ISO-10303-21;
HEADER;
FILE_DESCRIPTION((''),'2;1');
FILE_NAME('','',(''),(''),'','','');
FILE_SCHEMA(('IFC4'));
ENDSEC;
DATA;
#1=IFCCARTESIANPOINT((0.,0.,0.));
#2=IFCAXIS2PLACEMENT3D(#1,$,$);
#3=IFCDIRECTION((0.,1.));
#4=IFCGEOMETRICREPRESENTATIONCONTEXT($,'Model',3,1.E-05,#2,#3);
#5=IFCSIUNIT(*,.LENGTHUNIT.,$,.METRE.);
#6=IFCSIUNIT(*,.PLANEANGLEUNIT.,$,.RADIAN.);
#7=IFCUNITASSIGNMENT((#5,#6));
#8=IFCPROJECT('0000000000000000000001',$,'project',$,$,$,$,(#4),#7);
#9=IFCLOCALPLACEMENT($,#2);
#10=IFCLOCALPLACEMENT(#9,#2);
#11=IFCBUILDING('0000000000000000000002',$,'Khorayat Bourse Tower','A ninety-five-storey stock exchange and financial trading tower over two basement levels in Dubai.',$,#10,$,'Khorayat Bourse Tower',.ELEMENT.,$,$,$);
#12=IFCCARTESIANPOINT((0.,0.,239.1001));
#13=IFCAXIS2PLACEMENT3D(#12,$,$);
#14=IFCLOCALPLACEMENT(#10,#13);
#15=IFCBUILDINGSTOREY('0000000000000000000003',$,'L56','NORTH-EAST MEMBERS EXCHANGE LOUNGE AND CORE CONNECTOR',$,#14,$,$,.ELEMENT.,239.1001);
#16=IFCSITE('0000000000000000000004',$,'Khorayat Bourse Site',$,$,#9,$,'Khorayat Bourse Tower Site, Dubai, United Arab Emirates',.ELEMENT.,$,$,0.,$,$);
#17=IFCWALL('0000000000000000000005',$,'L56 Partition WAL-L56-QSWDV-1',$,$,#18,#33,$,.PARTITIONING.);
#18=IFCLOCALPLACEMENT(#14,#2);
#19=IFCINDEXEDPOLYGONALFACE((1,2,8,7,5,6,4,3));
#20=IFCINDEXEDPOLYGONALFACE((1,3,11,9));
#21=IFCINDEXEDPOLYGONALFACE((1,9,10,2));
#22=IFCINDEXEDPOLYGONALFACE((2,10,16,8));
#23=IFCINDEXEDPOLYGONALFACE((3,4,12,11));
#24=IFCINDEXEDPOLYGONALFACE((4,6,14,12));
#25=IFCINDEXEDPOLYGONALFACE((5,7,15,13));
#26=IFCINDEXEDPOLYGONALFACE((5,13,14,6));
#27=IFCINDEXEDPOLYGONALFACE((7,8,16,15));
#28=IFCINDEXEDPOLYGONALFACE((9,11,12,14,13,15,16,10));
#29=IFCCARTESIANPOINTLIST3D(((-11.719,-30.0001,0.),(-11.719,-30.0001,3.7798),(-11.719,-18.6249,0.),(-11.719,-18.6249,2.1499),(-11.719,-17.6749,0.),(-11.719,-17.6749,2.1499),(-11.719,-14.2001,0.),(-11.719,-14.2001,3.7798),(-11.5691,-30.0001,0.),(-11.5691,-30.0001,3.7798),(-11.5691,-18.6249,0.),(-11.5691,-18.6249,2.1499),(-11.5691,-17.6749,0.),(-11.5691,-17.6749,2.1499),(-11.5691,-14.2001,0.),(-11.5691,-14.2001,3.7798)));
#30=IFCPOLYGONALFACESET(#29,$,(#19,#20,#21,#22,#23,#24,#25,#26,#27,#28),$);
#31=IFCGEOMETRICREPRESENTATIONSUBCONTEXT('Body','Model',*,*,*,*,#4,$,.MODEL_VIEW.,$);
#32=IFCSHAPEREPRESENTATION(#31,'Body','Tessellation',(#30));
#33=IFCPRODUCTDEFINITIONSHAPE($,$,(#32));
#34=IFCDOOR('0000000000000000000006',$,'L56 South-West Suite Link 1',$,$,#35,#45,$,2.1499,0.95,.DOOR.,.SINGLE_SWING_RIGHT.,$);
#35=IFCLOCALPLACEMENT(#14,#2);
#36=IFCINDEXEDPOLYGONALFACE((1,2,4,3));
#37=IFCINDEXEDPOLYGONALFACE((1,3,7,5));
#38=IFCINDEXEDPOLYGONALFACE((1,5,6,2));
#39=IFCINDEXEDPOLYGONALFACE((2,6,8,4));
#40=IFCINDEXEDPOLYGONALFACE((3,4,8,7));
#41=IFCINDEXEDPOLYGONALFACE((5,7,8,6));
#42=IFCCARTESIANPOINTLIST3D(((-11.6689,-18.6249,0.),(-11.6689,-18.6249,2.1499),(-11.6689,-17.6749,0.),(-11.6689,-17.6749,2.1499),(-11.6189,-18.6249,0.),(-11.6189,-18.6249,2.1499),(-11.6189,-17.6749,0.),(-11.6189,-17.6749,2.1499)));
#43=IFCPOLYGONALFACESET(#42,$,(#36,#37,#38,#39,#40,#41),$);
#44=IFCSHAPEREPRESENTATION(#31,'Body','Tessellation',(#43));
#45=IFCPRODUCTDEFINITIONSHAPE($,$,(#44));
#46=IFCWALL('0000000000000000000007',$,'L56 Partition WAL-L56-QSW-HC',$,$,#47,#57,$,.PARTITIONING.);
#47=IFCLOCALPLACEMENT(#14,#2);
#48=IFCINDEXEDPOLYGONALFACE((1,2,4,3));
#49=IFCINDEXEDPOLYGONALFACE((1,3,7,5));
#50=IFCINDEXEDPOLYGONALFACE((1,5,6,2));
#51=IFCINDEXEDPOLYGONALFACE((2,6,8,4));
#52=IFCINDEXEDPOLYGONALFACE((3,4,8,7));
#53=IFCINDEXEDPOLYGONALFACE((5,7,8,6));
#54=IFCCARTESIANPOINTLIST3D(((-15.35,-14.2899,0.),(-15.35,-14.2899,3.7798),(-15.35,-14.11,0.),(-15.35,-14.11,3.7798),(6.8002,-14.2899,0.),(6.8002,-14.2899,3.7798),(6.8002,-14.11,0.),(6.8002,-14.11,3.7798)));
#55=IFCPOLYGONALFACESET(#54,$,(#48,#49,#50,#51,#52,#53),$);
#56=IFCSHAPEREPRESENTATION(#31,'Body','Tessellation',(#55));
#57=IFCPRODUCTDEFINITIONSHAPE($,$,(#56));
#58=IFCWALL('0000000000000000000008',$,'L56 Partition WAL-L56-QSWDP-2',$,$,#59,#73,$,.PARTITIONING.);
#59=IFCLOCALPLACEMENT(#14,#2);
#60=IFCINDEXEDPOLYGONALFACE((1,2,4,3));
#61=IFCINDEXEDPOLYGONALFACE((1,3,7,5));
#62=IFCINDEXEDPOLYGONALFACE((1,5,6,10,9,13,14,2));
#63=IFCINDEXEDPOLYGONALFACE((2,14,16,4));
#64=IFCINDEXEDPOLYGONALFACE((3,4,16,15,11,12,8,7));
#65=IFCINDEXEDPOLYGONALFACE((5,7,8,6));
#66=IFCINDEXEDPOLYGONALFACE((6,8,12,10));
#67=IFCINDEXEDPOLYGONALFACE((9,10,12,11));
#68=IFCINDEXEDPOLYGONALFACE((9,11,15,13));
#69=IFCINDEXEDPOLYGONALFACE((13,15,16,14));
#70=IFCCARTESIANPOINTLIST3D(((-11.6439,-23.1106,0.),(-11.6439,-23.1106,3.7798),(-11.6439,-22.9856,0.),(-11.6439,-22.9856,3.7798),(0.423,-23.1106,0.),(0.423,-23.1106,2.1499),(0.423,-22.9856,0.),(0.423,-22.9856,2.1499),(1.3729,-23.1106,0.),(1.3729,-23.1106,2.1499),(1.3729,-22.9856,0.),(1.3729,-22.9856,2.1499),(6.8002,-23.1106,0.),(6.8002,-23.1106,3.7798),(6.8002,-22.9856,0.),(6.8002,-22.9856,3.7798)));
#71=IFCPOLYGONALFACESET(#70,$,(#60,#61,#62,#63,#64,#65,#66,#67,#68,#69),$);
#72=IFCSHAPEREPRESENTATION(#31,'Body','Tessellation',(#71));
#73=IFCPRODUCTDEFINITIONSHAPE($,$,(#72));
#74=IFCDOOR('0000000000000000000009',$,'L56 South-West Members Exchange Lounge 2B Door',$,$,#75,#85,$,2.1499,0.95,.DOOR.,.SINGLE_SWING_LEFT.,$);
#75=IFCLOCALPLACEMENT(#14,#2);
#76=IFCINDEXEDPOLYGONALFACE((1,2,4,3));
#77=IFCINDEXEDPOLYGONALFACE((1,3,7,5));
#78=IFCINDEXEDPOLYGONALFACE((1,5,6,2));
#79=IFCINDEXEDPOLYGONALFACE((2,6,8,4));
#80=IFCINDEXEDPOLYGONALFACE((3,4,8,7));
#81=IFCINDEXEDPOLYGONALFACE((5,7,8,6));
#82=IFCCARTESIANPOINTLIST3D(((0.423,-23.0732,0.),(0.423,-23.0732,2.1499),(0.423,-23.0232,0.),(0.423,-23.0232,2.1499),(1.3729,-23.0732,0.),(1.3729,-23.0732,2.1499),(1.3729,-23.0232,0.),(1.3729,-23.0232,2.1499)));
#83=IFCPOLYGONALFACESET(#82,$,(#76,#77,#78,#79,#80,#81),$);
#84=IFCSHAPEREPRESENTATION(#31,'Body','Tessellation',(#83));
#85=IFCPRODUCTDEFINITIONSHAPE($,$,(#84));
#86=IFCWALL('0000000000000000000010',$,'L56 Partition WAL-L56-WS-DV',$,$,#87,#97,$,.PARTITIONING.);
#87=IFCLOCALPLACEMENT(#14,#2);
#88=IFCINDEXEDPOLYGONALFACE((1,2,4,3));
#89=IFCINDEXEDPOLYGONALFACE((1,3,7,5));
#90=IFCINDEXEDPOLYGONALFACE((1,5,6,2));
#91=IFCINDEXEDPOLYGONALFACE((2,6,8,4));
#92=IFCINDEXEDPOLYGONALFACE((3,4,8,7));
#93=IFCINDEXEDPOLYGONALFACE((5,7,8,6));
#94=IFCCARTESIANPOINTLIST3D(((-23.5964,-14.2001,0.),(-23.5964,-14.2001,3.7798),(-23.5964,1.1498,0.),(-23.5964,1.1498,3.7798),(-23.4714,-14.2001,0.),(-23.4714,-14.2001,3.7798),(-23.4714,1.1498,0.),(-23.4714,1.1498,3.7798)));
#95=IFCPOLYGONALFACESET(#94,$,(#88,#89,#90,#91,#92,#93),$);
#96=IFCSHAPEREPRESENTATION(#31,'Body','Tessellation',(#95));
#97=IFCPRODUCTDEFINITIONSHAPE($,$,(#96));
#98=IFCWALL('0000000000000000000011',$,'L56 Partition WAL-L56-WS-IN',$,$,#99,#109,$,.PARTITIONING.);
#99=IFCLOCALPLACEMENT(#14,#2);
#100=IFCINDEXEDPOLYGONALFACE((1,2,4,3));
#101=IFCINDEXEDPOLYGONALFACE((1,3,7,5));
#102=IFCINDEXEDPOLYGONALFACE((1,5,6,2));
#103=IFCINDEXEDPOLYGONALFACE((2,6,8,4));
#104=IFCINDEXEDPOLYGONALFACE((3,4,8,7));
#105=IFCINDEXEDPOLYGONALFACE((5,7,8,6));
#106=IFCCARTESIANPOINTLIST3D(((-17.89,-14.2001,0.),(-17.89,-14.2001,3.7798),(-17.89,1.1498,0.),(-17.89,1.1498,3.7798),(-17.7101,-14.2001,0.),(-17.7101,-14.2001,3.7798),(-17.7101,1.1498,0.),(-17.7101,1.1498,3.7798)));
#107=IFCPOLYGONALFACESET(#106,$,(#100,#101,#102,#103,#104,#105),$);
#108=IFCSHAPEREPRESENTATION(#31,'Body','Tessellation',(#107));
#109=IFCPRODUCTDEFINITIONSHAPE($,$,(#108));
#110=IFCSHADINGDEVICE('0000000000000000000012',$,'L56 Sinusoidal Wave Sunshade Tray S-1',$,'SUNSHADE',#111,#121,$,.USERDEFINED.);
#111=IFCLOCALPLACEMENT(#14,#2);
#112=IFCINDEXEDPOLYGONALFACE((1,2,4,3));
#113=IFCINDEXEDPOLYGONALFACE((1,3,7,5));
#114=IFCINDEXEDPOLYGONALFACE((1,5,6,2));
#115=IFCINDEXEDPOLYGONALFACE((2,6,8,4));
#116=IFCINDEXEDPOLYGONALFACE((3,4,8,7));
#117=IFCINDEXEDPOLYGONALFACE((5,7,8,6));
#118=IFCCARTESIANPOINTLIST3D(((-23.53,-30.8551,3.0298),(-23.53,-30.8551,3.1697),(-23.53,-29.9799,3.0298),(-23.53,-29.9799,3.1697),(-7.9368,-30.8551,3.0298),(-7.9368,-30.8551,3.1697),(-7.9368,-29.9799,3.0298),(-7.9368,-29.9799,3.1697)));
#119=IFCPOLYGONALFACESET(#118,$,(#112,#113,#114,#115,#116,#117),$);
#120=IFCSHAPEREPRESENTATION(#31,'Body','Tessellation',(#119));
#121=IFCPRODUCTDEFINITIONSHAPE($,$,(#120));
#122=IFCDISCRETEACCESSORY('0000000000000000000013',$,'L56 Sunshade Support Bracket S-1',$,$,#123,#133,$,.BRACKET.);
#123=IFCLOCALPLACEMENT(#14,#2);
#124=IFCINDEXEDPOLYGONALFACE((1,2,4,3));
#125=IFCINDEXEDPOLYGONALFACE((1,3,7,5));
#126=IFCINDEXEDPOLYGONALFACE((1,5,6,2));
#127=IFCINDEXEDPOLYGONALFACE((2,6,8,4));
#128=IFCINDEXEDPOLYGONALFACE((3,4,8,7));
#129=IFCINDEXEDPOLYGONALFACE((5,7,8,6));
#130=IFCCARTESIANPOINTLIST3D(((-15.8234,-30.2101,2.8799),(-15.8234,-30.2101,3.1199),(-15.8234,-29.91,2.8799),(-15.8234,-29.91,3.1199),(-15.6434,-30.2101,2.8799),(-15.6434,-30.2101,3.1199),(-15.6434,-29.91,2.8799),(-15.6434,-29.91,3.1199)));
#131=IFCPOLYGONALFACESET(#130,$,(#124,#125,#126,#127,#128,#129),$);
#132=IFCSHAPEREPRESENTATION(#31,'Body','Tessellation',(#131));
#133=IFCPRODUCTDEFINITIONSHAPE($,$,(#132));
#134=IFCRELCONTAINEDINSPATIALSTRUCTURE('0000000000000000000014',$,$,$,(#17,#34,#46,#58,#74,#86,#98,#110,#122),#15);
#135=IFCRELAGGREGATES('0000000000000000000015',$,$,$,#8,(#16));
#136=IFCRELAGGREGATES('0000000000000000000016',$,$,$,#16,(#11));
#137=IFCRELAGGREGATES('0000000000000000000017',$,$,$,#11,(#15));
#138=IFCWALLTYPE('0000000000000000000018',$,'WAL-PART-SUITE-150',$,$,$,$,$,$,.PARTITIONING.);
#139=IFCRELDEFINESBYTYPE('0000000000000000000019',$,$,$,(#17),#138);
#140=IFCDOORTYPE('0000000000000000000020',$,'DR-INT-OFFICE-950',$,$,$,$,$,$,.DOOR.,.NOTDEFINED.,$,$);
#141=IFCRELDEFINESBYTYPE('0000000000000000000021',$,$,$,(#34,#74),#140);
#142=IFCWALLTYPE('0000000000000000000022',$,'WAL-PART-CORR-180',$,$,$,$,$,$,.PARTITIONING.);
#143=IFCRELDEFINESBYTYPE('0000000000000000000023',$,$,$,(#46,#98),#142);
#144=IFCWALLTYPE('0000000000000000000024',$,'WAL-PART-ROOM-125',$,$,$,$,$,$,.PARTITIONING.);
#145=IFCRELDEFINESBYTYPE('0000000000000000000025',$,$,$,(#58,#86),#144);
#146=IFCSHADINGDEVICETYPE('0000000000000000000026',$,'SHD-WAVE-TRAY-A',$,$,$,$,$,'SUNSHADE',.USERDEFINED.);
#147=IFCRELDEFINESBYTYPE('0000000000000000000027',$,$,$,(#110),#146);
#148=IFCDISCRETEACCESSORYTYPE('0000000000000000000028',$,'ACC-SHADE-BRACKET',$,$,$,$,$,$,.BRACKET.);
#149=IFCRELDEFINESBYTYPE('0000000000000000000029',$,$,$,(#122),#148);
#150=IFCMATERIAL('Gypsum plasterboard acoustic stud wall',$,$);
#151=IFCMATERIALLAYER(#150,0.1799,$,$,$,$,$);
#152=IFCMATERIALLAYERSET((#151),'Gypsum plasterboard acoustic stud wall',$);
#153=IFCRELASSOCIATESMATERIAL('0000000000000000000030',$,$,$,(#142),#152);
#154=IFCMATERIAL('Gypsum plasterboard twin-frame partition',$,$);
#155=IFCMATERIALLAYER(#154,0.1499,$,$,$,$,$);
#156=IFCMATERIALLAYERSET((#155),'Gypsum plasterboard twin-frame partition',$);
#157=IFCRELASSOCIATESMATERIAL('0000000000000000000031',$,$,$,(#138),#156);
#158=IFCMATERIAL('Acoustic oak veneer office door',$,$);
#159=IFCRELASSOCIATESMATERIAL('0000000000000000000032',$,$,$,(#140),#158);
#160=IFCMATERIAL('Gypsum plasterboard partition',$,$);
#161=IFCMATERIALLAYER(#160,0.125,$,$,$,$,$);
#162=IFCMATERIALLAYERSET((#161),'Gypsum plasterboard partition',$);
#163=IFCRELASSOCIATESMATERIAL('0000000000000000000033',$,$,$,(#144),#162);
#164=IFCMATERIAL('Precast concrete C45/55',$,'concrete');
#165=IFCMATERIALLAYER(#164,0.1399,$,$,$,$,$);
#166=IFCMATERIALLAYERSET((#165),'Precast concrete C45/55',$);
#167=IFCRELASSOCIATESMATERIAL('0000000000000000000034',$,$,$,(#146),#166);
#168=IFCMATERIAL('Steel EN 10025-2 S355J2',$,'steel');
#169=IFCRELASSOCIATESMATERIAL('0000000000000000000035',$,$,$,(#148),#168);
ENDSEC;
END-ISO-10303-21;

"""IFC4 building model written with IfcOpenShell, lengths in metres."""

from ifc_helpers import new_model, si_unit, direction, frame, frame_2d, origin, origin_2d, place, context, subcontext, project, spatial, rectangle, extrude, source, transform, mapped, material, layer, layer_set, type_object, element, fill, save


model = new_model("IFC4")

# Units and contexts
model_context = context("Model", 3, precision=1e-05, world=origin(), true_north=direction((0.0, 1.0)))
body_context = subcontext(model_context, "Body", "Model", "MODEL_VIEW")
ifc_project = project(units=[si_unit("LENGTHUNIT", "METRE"), si_unit("PLANEANGLEUNIT", "RADIAN")], contexts=[model_context])

# Site, building, storey
site_placement = place(None, origin())
site = spatial("IfcSite", under=ifc_project, at=site_placement, Name="Khorayat Bourse Site", LongName="Khorayat Bourse Tower Site, Dubai, United Arab Emirates", CompositionType="ELEMENT", RefElevation=0.0)
building_placement = place(site_placement, origin())
building = spatial("IfcBuilding", under=site, at=building_placement, Name="Khorayat Bourse Tower", Description="A ninety-five-storey stock exchange and financial trading tower over two basement levels in Dubai.", LongName="Khorayat Bourse Tower", CompositionType="ELEMENT")
storey_placement = place(building_placement, frame((0.0, 0.0, 239.1001)))
storey = spatial("IfcBuildingStorey", under=building, at=storey_placement, Name="L56", Description="NORTH-EAST MEMBERS EXCHANGE LOUNGE AND CORE CONNECTOR", CompositionType="ELEMENT", Elevation=239.1001)

# Shared definitions
ifc_material_1 = material(Name="Steel EN 10025-2 S355J2", Category="steel")

# Shared definitions
ifc_material_2 = material(Name="Gypsum plasterboard acoustic stud wall")
ifc_layer_1 = layer(ifc_material_2, 0.1799)
ifc_layer_set_1 = layer_set([ifc_layer_1], Name="Gypsum plasterboard acoustic stud wall")
wall_type_1 = type_object("IfcWallType", Name="WAL-PART-CORR-180", PredefinedType="PARTITIONING", material=ifc_layer_set_1)

# Wall, opening, door
ifc_material_3 = material(Name="Gypsum plasterboard twin-frame partition")
ifc_layer_2 = layer(ifc_material_3, 0.1499)
ifc_layer_set_2 = layer_set([ifc_layer_2], Name="Gypsum plasterboard twin-frame partition")
wall_type_2 = type_object("IfcWallType", Name="WAL-PART-SUITE-150", PredefinedType="PARTITIONING", material=ifc_layer_set_2)
shared_shape_1 = source(origin(), body_context, "Body", "SweptSolid", [
    extrude(rectangle(XDim=15.8, YDim=0.1499, at=frame_2d((7.8999, 0.0))), origin(), (0.0, 0.0, 1.0), 3.7798),
])
wall_1_placement = place(storey_placement, frame((-11.644, -30.0, 0.0), z_axis=(0.0, 0.0, 1.0), x_axis=(0.0, 1.0, 0.0)))
wall_1 = element("IfcWall", 1, at=wall_1_placement, inside=storey, type_object=wall_type_2, Name="L56 Partition WAL-L56-QSWDV-1", PredefinedType="PARTITIONING", context=body_context, shape_type="MappedRepresentation", body=[
    mapped(shared_shape_1, transform((0.0, 0.0, 0.0), scale=1.0)),
])
shared_shape_2 = source(origin(), body_context, "Body", "SweptSolid", [
    extrude(rectangle(XDim=0.95, YDim=2.1499, at=frame_2d((0.4751, 1.075))), frame((0.0, 0.085, 0.0), z_axis=(0.0, -1.0, 0.0), x_axis=(1.0, 0.0, 0.0)), (0.0, 0.0, 1.0), 0.1699),
])
opening_1_placement = place(wall_1_placement, frame((11.375, 0.0, 0.0)))
opening_1 = element("IfcOpeningElement", 2, at=opening_1_placement, cuts=wall_1, PredefinedType="OPENING", context=body_context, shape_type="MappedRepresentation", body=[
    mapped(shared_shape_2, transform((0.0, 0.0, 0.0), scale=1.0)),
])
ifc_material_4 = material(Name="Acoustic oak veneer office door")
door_type = type_object("IfcDoorType", Name="DR-INT-OFFICE-950", OperationType="NOTDEFINED", PredefinedType="DOOR", material=ifc_material_4)
shared_shape_3 = source(origin(), body_context, "Body", "SweptSolid", [
    extrude(rectangle(XDim=0.95, YDim=2.1499, at=frame_2d((0.4751, 1.075))), frame((0.0, 0.0249, 0.0), z_axis=(0.0, -1.0, 0.0), x_axis=(1.0, 0.0, 0.0)), (0.0, 0.0, 1.0), 0.05),
])
door_1_placement = place(opening_1_placement, origin())
door_1 = element("IfcDoor", 3, at=door_1_placement, inside=storey, type_object=door_type, Name="L56 South-West Suite Link 1", OperationType="SINGLE_SWING_RIGHT", OverallHeight=2.1499, OverallWidth=0.95, PredefinedType="DOOR", context=body_context, shape_type="MappedRepresentation", body=[
    mapped(shared_shape_3, transform((0.0, 0.0, 0.0), scale=1.0)),
])
fill(opening_1, door_1)

# Wall
shared_shape_4 = source(origin(), body_context, "Body", "SweptSolid", [
    extrude(rectangle(XDim=22.1501, YDim=0.1799, at=frame_2d((11.0752, 0.0))), origin(), (0.0, 0.0, 1.0), 3.7798),
])
wall_2_placement = place(storey_placement, frame((-15.3501, -14.2, 0.0), z_axis=(0.0, 0.0, 1.0), x_axis=(1.0, 0.0, 0.0)))
element("IfcWall", 4, at=wall_2_placement, inside=storey, type_object=wall_type_1, Name="L56 Partition WAL-L56-QSW-HC", PredefinedType="PARTITIONING", context=body_context, shape_type="MappedRepresentation", body=[
    mapped(shared_shape_4, transform((0.0, 0.0, 0.0), scale=1.0)),
])

# Wall, opening, door
ifc_material_5 = material(Name="Gypsum plasterboard partition")
ifc_layer_3 = layer(ifc_material_5, 0.125)
ifc_layer_set_3 = layer_set([ifc_layer_3], Name="Gypsum plasterboard partition")
wall_type_3 = type_object("IfcWallType", Name="WAL-PART-ROOM-125", PredefinedType="PARTITIONING", material=ifc_layer_set_3)
shared_shape_5 = source(origin(), body_context, "Body", "SweptSolid", [
    extrude(rectangle(XDim=18.4441, YDim=0.125, at=frame_2d((9.2222, 0.0))), origin(), (0.0, 0.0, 1.0), 3.7798),
])
wall_3_placement = place(storey_placement, frame((-11.644, -23.0481, 0.0), z_axis=(0.0, 0.0, 1.0), x_axis=(1.0, 0.0, 0.0)))
wall_3 = element("IfcWall", 5, at=wall_3_placement, inside=storey, type_object=wall_type_3, Name="L56 Partition WAL-L56-QSWDP-2", PredefinedType="PARTITIONING", context=body_context, shape_type="MappedRepresentation", body=[
    mapped(shared_shape_5, transform((0.0, 0.0, 0.0), scale=1.0)),
])
shared_shape_6 = source(origin(), body_context, "Body", "SweptSolid", [
    extrude(rectangle(XDim=0.95, YDim=2.1499, at=frame_2d((0.4751, 1.075))), frame((0.0, 0.0725, 0.0), z_axis=(0.0, -1.0, 0.0), x_axis=(1.0, 0.0, 0.0)), (0.0, 0.0, 1.0), 0.145),
])
opening_2_placement = place(wall_3_placement, frame((12.0669, 0.0, 0.0)))
opening_2 = element("IfcOpeningElement", 6, at=opening_2_placement, cuts=wall_3, PredefinedType="OPENING", context=body_context, shape_type="MappedRepresentation", body=[
    mapped(shared_shape_6, transform((0.0, 0.0, 0.0), scale=1.0)),
])
door_2_placement = place(opening_2_placement, origin())
door_2 = element("IfcDoor", 7, at=door_2_placement, inside=storey, type_object=door_type, Name="L56 South-West Members Exchange Lounge 2B Door", OperationType="SINGLE_SWING_LEFT", OverallHeight=2.1499, OverallWidth=0.95, PredefinedType="DOOR", context=body_context, shape_type="MappedRepresentation", body=[
    mapped(shared_shape_3, transform((0.0, 0.0, 0.0), scale=1.0)),
])
fill(opening_2, door_2)

# Walls
shared_shape_7 = source(origin(), body_context, "Body", "SweptSolid", [
    extrude(rectangle(XDim=15.3499, YDim=0.125, at=frame_2d((7.6748, 0.0))), origin(), (0.0, 0.0, 1.0), 3.7798),
])
wall_4_placement = place(storey_placement, frame((-23.5339, -14.2, 0.0), z_axis=(0.0, 0.0, 1.0), x_axis=(0.0, 1.0, 0.0)))
element("IfcWall", 8, at=wall_4_placement, inside=storey, type_object=wall_type_3, Name="L56 Partition WAL-L56-WS-DV", PredefinedType="PARTITIONING", context=body_context, shape_type="MappedRepresentation", body=[
    mapped(shared_shape_7, transform((0.0, 0.0, 0.0), scale=1.0)),
])
shared_shape_8 = source(origin(), body_context, "Body", "SweptSolid", [
    extrude(rectangle(XDim=15.3499, YDim=0.1799, at=frame_2d((7.6748, 0.0))), origin(), (0.0, 0.0, 1.0), 3.7798),
])
wall_5_placement = place(storey_placement, frame((-17.8, -14.2, 0.0), z_axis=(0.0, 0.0, 1.0), x_axis=(0.0, 1.0, 0.0)))
element("IfcWall", 9, at=wall_5_placement, inside=storey, type_object=wall_type_1, Name="L56 Partition WAL-L56-WS-IN", PredefinedType="PARTITIONING", context=body_context, shape_type="MappedRepresentation", body=[
    mapped(shared_shape_8, transform((0.0, 0.0, 0.0), scale=1.0)),
])

# Shading device
ifc_material_6 = material(Name="Precast concrete C45/55", Category="concrete")
ifc_layer_4 = layer(ifc_material_6, 0.1399)
ifc_layer_set_4 = layer_set([ifc_layer_4], Name="Precast concrete C45/55")
shading_device_type = type_object("IfcShadingDeviceType", Name="SHD-WAVE-TRAY-A", ElementType="SUNSHADE", PredefinedType="USERDEFINED", material=ifc_layer_set_4)
shared_shape_9 = source(origin(), body_context, "Body", "SweptSolid", [
    extrude(rectangle(XDim=15.5933, YDim=0.8752, at=origin_2d()), origin(), (0.0, 0.0, 1.0), 0.1399),
])
shading_device_placement = place(storey_placement, frame((-15.7334, -30.4175, 3.0298), z_axis=(0.0, 0.0, 1.0), x_axis=(1.0, 0.0, 0.0)))
element("IfcShadingDevice", 10, at=shading_device_placement, inside=storey, type_object=shading_device_type, Name="L56 Sinusoidal Wave Sunshade Tray S-1", ObjectType="SUNSHADE", PredefinedType="USERDEFINED", context=body_context, shape_type="MappedRepresentation", body=[
    mapped(shared_shape_9, transform((0.0, 0.0, 0.0), scale=1.0)),
])

# Discrete accessory
discrete_accessory_type = type_object("IfcDiscreteAccessoryType", Name="ACC-SHADE-BRACKET", PredefinedType="BRACKET", material=ifc_material_1)
shared_shape_10 = source(origin(), body_context, "Body", "SweptSolid", [
    extrude(rectangle(XDim=0.1799, YDim=0.3, at=origin_2d()), origin(), (0.0, 0.0, 1.0), 0.24),
])
discrete_accessory_placement = place(storey_placement, frame((-15.7334, -30.0601, 2.8799), z_axis=(0.0, 0.0, 1.0), x_axis=(1.0, 0.0, 0.0)))
element("IfcDiscreteAccessory", 11, at=discrete_accessory_placement, inside=storey, type_object=discrete_accessory_type, Name="L56 Sunshade Support Bracket S-1", PredefinedType="BRACKET", context=body_context, shape_type="MappedRepresentation", body=[
    mapped(shared_shape_10, transform((0.0, 0.0, 0.0), scale=1.0)),
])

save(model, "model.ifc")
